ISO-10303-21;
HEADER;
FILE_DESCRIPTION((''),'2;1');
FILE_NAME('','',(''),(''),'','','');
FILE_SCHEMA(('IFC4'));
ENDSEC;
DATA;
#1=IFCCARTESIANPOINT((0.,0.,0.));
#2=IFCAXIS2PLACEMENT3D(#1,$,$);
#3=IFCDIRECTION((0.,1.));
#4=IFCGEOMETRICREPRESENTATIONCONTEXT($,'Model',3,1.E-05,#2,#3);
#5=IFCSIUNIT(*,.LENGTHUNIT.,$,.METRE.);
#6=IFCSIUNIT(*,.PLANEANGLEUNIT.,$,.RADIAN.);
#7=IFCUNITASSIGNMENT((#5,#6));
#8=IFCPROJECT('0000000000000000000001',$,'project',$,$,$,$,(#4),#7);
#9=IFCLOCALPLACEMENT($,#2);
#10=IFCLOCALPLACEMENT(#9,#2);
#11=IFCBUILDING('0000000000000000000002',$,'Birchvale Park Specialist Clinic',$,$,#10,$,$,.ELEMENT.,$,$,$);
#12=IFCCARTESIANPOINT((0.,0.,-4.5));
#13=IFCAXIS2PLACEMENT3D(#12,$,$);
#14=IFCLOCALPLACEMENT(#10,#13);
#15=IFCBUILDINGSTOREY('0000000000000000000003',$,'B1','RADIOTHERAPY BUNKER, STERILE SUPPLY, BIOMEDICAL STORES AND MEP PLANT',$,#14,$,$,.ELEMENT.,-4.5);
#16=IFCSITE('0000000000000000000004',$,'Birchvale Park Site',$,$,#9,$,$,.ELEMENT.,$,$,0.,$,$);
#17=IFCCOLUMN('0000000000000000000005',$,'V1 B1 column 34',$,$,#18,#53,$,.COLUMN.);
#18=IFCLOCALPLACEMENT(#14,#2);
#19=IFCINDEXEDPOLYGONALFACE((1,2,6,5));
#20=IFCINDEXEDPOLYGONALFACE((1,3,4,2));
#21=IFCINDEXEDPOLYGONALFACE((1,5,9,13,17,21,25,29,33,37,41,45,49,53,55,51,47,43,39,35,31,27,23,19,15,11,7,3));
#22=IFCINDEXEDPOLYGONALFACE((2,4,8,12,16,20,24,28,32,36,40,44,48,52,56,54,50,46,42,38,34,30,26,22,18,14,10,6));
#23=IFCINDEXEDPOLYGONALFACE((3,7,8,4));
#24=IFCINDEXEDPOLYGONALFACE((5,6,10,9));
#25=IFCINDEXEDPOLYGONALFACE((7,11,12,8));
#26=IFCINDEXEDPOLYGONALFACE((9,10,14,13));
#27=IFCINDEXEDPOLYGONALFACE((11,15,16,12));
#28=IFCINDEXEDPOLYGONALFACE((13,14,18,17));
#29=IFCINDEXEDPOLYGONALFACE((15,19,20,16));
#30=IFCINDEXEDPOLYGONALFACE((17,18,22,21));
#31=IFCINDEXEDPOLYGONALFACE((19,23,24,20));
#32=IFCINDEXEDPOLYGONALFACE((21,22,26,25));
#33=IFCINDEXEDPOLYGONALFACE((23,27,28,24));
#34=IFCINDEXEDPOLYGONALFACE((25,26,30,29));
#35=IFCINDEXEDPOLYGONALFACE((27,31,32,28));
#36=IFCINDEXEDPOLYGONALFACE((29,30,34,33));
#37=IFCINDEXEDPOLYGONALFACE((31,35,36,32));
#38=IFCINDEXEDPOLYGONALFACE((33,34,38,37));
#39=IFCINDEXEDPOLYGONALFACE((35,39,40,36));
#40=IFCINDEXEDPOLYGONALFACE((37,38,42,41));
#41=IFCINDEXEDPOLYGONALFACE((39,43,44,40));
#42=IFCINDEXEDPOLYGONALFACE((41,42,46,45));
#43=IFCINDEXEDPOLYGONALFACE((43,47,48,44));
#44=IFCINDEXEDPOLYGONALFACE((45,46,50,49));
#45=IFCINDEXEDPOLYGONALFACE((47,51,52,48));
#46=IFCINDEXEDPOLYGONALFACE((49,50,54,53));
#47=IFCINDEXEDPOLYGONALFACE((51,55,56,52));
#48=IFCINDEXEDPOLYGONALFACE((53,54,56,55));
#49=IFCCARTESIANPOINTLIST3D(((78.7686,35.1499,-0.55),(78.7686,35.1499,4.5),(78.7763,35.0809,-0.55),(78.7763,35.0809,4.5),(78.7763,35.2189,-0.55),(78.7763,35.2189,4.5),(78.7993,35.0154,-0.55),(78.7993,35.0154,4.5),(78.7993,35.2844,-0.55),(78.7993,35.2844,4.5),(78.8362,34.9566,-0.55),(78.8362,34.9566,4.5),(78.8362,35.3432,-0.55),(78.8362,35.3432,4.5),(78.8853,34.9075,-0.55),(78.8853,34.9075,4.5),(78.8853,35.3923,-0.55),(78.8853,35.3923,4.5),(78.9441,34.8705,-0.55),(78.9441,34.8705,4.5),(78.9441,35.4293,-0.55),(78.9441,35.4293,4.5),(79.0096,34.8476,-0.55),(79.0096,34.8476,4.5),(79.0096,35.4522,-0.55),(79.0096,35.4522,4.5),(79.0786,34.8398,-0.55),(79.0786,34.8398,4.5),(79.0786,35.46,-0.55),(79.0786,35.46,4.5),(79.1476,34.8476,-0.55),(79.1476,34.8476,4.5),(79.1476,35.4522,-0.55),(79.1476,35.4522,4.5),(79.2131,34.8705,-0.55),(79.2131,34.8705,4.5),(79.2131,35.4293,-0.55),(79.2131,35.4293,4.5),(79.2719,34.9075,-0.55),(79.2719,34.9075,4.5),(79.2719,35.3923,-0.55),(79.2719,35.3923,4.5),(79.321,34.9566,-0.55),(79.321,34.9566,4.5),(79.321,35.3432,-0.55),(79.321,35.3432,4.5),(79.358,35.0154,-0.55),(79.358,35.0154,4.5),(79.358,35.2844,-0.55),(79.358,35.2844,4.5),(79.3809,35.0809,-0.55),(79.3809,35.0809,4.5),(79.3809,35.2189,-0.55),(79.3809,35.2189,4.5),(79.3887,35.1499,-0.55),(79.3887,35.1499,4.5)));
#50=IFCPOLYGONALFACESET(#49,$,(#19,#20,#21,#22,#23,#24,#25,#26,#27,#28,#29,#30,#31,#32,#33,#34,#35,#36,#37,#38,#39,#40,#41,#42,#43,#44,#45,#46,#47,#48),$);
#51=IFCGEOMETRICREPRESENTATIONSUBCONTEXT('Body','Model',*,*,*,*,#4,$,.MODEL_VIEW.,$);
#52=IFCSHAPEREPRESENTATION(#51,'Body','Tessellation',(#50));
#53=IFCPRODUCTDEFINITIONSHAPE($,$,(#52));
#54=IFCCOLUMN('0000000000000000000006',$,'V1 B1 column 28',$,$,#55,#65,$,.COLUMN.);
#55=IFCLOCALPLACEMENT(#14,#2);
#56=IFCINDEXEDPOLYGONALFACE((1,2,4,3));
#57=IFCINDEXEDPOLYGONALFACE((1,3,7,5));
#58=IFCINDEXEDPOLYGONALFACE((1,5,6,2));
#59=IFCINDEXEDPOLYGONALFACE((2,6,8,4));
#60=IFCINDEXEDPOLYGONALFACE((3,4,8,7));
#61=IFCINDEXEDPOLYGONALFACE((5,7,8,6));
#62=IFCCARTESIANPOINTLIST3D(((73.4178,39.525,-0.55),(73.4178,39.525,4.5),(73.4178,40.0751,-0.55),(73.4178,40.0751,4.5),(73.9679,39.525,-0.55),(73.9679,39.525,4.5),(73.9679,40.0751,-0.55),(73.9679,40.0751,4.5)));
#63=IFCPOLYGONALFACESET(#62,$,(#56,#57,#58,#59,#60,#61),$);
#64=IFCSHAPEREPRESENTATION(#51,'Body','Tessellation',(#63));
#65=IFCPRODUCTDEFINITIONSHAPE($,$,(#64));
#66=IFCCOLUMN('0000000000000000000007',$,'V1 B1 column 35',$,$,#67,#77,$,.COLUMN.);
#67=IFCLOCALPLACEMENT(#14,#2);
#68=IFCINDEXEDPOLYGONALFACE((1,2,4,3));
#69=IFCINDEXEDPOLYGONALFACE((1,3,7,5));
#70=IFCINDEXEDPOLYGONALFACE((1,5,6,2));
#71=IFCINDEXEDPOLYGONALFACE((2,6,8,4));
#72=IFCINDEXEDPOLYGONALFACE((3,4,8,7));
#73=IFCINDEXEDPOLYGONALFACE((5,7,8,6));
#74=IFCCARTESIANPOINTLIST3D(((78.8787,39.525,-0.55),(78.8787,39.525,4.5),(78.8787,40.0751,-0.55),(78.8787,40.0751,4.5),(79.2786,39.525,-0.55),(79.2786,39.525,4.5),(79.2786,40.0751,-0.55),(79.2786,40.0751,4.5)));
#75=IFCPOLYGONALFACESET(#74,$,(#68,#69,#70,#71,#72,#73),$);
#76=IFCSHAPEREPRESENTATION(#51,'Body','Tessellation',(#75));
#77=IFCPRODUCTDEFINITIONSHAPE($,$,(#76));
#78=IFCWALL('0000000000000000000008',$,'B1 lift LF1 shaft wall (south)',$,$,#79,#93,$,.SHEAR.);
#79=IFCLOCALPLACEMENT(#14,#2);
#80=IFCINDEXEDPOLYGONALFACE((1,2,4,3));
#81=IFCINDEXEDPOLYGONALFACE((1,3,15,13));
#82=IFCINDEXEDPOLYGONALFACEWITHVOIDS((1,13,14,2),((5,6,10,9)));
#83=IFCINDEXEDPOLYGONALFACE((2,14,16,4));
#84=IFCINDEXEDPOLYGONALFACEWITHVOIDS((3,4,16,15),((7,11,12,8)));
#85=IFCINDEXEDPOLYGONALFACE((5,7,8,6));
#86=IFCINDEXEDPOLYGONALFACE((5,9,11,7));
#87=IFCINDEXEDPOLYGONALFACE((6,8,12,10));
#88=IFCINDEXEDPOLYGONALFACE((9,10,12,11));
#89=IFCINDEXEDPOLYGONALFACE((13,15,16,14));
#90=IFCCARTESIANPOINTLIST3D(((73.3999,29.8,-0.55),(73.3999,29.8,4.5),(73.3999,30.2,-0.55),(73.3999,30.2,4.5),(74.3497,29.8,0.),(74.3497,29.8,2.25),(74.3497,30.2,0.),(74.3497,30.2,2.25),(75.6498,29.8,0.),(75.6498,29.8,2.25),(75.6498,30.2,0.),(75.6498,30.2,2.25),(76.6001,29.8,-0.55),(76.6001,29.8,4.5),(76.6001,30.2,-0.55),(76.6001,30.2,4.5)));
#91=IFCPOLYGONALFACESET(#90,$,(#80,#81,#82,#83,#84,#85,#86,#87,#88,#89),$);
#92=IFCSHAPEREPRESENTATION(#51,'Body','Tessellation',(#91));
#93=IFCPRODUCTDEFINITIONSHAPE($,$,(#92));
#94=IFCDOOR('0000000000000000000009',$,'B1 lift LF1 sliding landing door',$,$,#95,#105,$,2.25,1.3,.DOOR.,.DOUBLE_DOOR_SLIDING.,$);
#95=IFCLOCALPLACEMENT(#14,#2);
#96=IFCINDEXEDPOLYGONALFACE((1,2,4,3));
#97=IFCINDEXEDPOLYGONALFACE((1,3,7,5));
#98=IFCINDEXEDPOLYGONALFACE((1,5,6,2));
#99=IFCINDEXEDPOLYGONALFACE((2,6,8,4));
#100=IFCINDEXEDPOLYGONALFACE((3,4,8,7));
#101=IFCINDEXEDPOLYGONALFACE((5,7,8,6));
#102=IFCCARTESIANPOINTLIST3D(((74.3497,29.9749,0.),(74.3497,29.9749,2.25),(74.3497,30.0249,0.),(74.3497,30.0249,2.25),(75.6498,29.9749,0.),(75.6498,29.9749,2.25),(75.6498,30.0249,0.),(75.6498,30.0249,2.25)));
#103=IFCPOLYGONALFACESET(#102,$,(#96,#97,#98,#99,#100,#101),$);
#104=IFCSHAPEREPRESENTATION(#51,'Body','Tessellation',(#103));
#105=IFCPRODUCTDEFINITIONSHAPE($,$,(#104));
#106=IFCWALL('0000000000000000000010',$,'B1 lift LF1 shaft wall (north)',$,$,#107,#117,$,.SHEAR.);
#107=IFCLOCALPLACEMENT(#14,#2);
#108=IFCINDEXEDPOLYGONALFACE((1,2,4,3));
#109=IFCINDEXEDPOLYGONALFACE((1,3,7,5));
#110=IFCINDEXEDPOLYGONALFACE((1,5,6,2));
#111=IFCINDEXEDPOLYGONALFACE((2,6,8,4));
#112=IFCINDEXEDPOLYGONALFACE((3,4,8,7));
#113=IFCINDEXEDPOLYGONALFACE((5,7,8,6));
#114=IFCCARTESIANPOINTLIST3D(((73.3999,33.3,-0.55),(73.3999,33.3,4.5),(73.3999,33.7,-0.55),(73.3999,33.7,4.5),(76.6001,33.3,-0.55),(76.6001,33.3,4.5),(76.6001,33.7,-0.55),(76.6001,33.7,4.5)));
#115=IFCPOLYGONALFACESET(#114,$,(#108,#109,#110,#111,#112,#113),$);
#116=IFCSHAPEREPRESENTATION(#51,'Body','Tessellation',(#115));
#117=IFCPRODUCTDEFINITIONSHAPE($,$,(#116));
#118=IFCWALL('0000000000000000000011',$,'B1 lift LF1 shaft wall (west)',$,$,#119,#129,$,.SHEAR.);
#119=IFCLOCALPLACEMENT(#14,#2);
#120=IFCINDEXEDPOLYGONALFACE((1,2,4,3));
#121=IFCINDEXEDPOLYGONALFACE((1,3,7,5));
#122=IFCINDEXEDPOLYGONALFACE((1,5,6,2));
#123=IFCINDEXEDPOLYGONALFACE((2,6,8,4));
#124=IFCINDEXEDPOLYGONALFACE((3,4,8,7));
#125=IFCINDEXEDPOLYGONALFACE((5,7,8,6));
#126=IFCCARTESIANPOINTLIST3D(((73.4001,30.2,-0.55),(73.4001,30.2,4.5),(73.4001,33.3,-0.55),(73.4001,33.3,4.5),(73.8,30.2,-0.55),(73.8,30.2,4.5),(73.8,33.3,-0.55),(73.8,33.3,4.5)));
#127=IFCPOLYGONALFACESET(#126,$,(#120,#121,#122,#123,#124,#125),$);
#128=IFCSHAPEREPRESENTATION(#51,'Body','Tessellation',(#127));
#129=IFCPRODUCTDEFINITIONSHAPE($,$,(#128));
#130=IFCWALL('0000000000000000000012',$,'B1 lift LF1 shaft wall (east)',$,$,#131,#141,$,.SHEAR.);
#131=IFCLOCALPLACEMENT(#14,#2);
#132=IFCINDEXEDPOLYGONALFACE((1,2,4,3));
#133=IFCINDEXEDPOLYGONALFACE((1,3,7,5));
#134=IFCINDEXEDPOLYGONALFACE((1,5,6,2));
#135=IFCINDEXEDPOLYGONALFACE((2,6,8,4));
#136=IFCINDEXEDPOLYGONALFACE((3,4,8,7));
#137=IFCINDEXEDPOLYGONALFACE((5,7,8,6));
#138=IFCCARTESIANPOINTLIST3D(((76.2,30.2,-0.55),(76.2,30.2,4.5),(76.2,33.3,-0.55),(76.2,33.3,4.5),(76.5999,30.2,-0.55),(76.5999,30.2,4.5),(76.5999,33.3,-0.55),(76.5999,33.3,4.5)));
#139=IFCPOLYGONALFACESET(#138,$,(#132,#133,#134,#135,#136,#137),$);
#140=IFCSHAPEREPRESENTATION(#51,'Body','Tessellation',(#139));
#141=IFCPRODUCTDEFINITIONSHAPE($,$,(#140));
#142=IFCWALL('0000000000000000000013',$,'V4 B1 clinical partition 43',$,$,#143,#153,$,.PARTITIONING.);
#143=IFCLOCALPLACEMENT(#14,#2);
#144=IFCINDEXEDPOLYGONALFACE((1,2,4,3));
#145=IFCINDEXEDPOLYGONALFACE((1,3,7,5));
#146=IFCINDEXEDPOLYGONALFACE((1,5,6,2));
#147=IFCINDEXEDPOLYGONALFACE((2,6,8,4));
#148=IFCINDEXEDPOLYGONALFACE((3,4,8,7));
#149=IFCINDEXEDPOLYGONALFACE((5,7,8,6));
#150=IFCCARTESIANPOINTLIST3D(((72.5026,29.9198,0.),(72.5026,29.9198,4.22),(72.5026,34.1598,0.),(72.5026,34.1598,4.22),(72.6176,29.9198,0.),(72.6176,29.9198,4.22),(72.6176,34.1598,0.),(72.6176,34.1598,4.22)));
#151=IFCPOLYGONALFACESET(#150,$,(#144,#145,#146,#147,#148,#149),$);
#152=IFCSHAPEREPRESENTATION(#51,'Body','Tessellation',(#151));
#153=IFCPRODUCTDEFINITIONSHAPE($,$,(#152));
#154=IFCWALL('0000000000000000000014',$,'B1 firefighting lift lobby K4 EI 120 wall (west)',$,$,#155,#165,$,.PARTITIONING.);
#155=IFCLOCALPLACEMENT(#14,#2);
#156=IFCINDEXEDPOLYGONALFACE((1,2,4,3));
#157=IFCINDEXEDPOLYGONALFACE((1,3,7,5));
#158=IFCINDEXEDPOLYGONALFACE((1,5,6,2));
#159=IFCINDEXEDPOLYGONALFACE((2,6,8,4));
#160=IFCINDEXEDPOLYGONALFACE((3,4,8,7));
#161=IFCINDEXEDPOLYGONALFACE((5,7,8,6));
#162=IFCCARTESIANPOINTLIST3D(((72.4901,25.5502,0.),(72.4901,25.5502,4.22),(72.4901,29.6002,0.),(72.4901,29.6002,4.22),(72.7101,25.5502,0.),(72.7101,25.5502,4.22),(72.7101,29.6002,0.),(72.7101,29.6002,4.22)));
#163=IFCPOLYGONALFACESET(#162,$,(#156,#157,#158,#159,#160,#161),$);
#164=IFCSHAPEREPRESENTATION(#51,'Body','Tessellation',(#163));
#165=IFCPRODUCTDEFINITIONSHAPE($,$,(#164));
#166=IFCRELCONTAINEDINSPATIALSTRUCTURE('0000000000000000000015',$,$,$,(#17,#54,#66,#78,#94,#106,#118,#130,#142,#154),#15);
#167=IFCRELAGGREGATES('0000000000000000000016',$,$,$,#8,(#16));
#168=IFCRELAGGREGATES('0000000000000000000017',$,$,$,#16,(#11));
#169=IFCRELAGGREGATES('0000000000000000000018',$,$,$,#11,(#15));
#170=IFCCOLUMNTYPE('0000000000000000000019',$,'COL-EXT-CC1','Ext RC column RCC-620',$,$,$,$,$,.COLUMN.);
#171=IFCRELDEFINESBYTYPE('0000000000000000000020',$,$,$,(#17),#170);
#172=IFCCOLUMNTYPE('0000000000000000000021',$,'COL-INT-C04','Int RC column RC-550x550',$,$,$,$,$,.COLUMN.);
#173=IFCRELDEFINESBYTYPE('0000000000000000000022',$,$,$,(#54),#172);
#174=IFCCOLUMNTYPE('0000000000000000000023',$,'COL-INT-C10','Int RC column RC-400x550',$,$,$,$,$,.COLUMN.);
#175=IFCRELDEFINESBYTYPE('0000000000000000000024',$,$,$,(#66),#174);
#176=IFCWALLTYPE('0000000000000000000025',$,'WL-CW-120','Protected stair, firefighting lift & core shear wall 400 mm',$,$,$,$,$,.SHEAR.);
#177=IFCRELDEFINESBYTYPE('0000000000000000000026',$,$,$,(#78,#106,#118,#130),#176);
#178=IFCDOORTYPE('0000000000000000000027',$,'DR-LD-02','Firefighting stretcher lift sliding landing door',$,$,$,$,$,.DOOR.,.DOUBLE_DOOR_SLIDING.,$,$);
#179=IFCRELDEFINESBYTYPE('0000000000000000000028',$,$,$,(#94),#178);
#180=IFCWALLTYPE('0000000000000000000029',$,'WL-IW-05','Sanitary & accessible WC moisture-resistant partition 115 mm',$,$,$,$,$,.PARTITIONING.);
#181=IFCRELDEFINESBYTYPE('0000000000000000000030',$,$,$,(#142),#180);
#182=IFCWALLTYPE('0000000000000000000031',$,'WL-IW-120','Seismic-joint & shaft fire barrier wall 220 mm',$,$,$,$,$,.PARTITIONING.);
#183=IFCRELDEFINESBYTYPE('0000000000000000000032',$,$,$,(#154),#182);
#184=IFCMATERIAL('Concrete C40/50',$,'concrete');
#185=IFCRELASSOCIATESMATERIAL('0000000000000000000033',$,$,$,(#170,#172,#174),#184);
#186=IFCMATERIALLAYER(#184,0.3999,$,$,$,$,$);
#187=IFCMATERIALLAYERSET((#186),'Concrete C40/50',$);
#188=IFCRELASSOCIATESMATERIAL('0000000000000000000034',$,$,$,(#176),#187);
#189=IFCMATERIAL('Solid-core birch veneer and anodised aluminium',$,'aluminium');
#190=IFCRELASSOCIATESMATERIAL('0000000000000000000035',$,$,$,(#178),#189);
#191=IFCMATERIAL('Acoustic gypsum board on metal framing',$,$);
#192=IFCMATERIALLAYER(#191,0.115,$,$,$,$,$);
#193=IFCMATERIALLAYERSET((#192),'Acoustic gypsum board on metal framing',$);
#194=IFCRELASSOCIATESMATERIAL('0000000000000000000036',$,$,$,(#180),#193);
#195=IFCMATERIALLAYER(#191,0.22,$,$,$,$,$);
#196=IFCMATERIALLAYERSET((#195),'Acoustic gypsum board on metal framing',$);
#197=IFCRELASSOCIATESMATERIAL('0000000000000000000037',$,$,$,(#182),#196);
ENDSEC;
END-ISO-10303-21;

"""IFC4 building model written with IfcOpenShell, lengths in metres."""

from ifc_helpers import new_model, si_unit, direction, frame, frame_2d, origin, origin_2d, place, context, subcontext, project, spatial, rectangle, circle, extrude, material, layer, layer_set, material_profile, profile_set, type_object, element, fill, save


model = new_model("IFC4")

# Units and contexts
model_context = context("Model", 3, precision=1e-05, world=origin(), true_north=direction((0.0, 1.0)))
body_context = subcontext(model_context, "Body", "Model", "MODEL_VIEW")
ifc_project = project(units=[si_unit("LENGTHUNIT", "METRE"), si_unit("PLANEANGLEUNIT", "RADIAN")], contexts=[model_context])

# Site, building, storey
site_placement = place(None, origin())
site = spatial("IfcSite", under=ifc_project, at=site_placement, Name="Birchvale Park Site", CompositionType="ELEMENT", RefElevation=0.0)
building_placement = place(site_placement, origin())
building = spatial("IfcBuilding", under=site, at=building_placement, Name="Birchvale Park Specialist Clinic", CompositionType="ELEMENT")
storey_placement = place(building_placement, frame((0.0, 0.0, -4.5)))
storey = spatial("IfcBuildingStorey", under=building, at=storey_placement, Name="B1", Description="RADIOTHERAPY BUNKER, STERILE SUPPLY, BIOMEDICAL STORES AND MEP PLANT", CompositionType="ELEMENT", Elevation=-4.5)

# Shared definitions
ifc_material_1 = material(Name="Concrete C40/50", Category="concrete")

# Columns
ifc_material_profile_1 = material_profile(ifc_material_1, circle(Radius=0.3101, at=origin_2d()), Name="RCC-620")
ifc_profile_set_1 = profile_set([ifc_material_profile_1], Name="Concrete C40/50")
column_type_1 = type_object("IfcColumnType", Name="COL-EXT-CC1", Description="Ext RC column RCC-620", PredefinedType="COLUMN", material=ifc_profile_set_1)
for number, where, z_axis, x_axis, name in (
    (1, (79.0786, 35.1499, -0.55), (0.0, 0.0, 1.0), (1.0, 0.0, 0.0), "V1 B1 column 34"),
):
    element("IfcColumn", number, at=place(storey_placement, frame(where, z_axis=z_axis, x_axis=x_axis)), inside=storey, type_object=column_type_1, Name=name, PredefinedType="COLUMN", context=body_context, shape_type="SweptSolid", body=[
        extrude(circle(Radius=0.3101, at=origin_2d()), origin(), (0.0, 0.0, 1.0), 5.05),
    ])
ifc_material_profile_2 = material_profile(ifc_material_1, rectangle(XDim=0.55, YDim=0.55, at=origin_2d()), Name="RC-550x550")
ifc_profile_set_2 = profile_set([ifc_material_profile_2], Name="Concrete C40/50")
column_type_2 = type_object("IfcColumnType", Name="COL-INT-C04", Description="Int RC column RC-550x550", PredefinedType="COLUMN", material=ifc_profile_set_2)
column_1_placement = place(storey_placement, frame((73.6929, 39.8, -0.55), z_axis=(0.0, 0.0, 1.0), x_axis=(1.0, 0.0, 0.0)))
element("IfcColumn", 2, at=column_1_placement, inside=storey, type_object=column_type_2, Name="V1 B1 column 28", PredefinedType="COLUMN", context=body_context, shape_type="SweptSolid", body=[
    extrude(rectangle(XDim=0.55, YDim=0.55, at=origin_2d()), origin(), (0.0, 0.0, 1.0), 5.05),
])
ifc_material_profile_3 = material_profile(ifc_material_1, rectangle(XDim=0.3999, YDim=0.55, at=origin_2d()), Name="RC-400x550")
ifc_profile_set_3 = profile_set([ifc_material_profile_3], Name="Concrete C40/50")
column_type_3 = type_object("IfcColumnType", Name="COL-INT-C10", Description="Int RC column RC-400x550", PredefinedType="COLUMN", material=ifc_profile_set_3)
column_2_placement = place(storey_placement, frame((79.0786, 39.8, -0.55), z_axis=(0.0, 0.0, 1.0), x_axis=(1.0, 0.0, 0.0)))
element("IfcColumn", 3, at=column_2_placement, inside=storey, type_object=column_type_3, Name="V1 B1 column 35", PredefinedType="COLUMN", context=body_context, shape_type="SweptSolid", body=[
    extrude(rectangle(XDim=0.3999, YDim=0.55, at=origin_2d()), origin(), (0.0, 0.0, 1.0), 5.05),
])

# Wall, opening, door
ifc_layer_1 = layer(ifc_material_1, 0.3999)
ifc_layer_set_1 = layer_set([ifc_layer_1], Name="Concrete C40/50")
wall_type_1 = type_object("IfcWallType", Name="WL-CW-120", Description="Protected stair, firefighting lift & core shear wall 400 mm", PredefinedType="SHEAR", material=ifc_layer_set_1)
wall_1_placement = place(storey_placement, frame((73.3999, 30.0, -0.55), z_axis=(0.0, 0.0, 1.0), x_axis=(1.0, 0.0, 0.0)))
wall_1 = element("IfcWall", 4, at=wall_1_placement, inside=storey, type_object=wall_type_1, Name="B1 lift LF1 shaft wall (south)", PredefinedType="SHEAR", context=body_context, shape_type="SweptSolid", body=[
    extrude(rectangle(XDim=3.2002, YDim=0.3999, at=frame_2d((1.6001, 0.0))), origin(), (0.0, 0.0, 1.0), 5.05),
])
opening_1_placement = place(wall_1_placement, frame((0.95, 0.0, 0.55)))
opening_1 = element("IfcOpeningElement", 5, at=opening_1_placement, cuts=wall_1, PredefinedType="OPENING", context=body_context, shape_type="SweptSolid", body=[
    extrude(rectangle(XDim=1.3, YDim=2.25, at=frame_2d((0.6499, 1.125))), frame((0.0, 0.21, 0.0), z_axis=(0.0, -1.0, 0.0), x_axis=(1.0, 0.0, 0.0)), (0.0, 0.0, 1.0), 0.4199),
])
ifc_material_2 = material(Name="Solid-core birch veneer and anodised aluminium", Category="aluminium")
door_type_1 = type_object("IfcDoorType", Name="DR-LD-02", Description="Firefighting stretcher lift sliding landing door", OperationType="DOUBLE_DOOR_SLIDING", PredefinedType="DOOR", material=ifc_material_2)
door_1_placement = place(opening_1_placement, origin())
door_1 = element("IfcDoor", 6, at=door_1_placement, inside=storey, type_object=door_type_1, Name="B1 lift LF1 sliding landing door", OperationType="DOUBLE_DOOR_SLIDING", OverallHeight=2.25, OverallWidth=1.3, PredefinedType="DOOR", context=body_context, shape_type="SweptSolid", body=[
    extrude(rectangle(XDim=1.3, YDim=2.25, at=frame_2d((0.6499, 1.125))), frame((0.0, 0.0249, 0.0), z_axis=(0.0, -1.0, 0.0), x_axis=(1.0, 0.0, 0.0)), (0.0, 0.0, 1.0), 0.05),
])
fill(opening_1, door_1)

# Walls
wall_2_placement = place(storey_placement, frame((76.6001, 33.5, -0.55), z_axis=(0.0, 0.0, 1.0), x_axis=(-1.0, 0.0, 0.0)))
element("IfcWall", 7, at=wall_2_placement, inside=storey, type_object=wall_type_1, Name="B1 lift LF1 shaft wall (north)", PredefinedType="SHEAR", context=body_context, shape_type="SweptSolid", body=[
    extrude(rectangle(XDim=3.2002, YDim=0.3999, at=frame_2d((1.6001, 0.0))), origin(), (0.0, 0.0, 1.0), 5.05),
])
for number, where, z_axis, x_axis, name in (
    (8, (73.6001, 30.2, -0.55), (0.0, 0.0, 1.0), (0.0, 1.0, 0.0), "B1 lift LF1 shaft wall (west)"),
    (9, (76.3999, 33.3, -0.55), (0.0, 0.0, 1.0), (0.0, -1.0, 0.0), "B1 lift LF1 shaft wall (east)"),
):
    element("IfcWall", number, at=place(storey_placement, frame(where, z_axis=z_axis, x_axis=x_axis)), inside=storey, type_object=wall_type_1, Name=name, PredefinedType="SHEAR", context=body_context, shape_type="SweptSolid", body=[
        extrude(rectangle(XDim=3.1001, YDim=0.3999, at=frame_2d((1.55, 0.0))), origin(), (0.0, 0.0, 1.0), 5.05),
    ])
ifc_material_3 = material(Name="Acoustic gypsum board on metal framing")
ifc_layer_2 = layer(ifc_material_3, 0.115)
ifc_layer_set_2 = layer_set([ifc_layer_2], Name="Acoustic gypsum board on metal framing")
wall_type_2 = type_object("IfcWallType", Name="WL-IW-05", Description="Sanitary & accessible WC moisture-resistant partition 115 mm", PredefinedType="PARTITIONING", material=ifc_layer_set_2)
wall_3_placement = place(storey_placement, frame((72.5601, 34.1599, 0.0), z_axis=(0.0, 0.0, 1.0), x_axis=(0.0, -1.0, 0.0)))
element("IfcWall", 10, at=wall_3_placement, inside=storey, type_object=wall_type_2, Name="V4 B1 clinical partition 43", PredefinedType="PARTITIONING", context=body_context, shape_type="SweptSolid", body=[
    extrude(rectangle(XDim=4.24, YDim=0.115, at=frame_2d((2.1201, 0.0))), origin(), (0.0, 0.0, 1.0), 4.22),
])
ifc_layer_3 = layer(ifc_material_3, 0.22)
ifc_layer_set_3 = layer_set([ifc_layer_3], Name="Acoustic gypsum board on metal framing")
wall_type_3 = type_object("IfcWallType", Name="WL-IW-120", Description="Seismic-joint & shaft fire barrier wall 220 mm", PredefinedType="PARTITIONING", material=ifc_layer_set_3)
wall_4_placement = place(storey_placement, frame((72.6001, 29.6001, 0.0), z_axis=(0.0, 0.0, 1.0), x_axis=(0.0, -1.0, 0.0)))
element("IfcWall", 11, at=wall_4_placement, inside=storey, type_object=wall_type_3, Name="B1 firefighting lift lobby K4 EI 120 wall (west)", PredefinedType="PARTITIONING", context=body_context, shape_type="SweptSolid", body=[
    extrude(rectangle(XDim=4.05, YDim=0.22, at=frame_2d((2.0249, 0.0))), origin(), (0.0, 0.0, 1.0), 4.22),
])

save(model, "model.ifc")
